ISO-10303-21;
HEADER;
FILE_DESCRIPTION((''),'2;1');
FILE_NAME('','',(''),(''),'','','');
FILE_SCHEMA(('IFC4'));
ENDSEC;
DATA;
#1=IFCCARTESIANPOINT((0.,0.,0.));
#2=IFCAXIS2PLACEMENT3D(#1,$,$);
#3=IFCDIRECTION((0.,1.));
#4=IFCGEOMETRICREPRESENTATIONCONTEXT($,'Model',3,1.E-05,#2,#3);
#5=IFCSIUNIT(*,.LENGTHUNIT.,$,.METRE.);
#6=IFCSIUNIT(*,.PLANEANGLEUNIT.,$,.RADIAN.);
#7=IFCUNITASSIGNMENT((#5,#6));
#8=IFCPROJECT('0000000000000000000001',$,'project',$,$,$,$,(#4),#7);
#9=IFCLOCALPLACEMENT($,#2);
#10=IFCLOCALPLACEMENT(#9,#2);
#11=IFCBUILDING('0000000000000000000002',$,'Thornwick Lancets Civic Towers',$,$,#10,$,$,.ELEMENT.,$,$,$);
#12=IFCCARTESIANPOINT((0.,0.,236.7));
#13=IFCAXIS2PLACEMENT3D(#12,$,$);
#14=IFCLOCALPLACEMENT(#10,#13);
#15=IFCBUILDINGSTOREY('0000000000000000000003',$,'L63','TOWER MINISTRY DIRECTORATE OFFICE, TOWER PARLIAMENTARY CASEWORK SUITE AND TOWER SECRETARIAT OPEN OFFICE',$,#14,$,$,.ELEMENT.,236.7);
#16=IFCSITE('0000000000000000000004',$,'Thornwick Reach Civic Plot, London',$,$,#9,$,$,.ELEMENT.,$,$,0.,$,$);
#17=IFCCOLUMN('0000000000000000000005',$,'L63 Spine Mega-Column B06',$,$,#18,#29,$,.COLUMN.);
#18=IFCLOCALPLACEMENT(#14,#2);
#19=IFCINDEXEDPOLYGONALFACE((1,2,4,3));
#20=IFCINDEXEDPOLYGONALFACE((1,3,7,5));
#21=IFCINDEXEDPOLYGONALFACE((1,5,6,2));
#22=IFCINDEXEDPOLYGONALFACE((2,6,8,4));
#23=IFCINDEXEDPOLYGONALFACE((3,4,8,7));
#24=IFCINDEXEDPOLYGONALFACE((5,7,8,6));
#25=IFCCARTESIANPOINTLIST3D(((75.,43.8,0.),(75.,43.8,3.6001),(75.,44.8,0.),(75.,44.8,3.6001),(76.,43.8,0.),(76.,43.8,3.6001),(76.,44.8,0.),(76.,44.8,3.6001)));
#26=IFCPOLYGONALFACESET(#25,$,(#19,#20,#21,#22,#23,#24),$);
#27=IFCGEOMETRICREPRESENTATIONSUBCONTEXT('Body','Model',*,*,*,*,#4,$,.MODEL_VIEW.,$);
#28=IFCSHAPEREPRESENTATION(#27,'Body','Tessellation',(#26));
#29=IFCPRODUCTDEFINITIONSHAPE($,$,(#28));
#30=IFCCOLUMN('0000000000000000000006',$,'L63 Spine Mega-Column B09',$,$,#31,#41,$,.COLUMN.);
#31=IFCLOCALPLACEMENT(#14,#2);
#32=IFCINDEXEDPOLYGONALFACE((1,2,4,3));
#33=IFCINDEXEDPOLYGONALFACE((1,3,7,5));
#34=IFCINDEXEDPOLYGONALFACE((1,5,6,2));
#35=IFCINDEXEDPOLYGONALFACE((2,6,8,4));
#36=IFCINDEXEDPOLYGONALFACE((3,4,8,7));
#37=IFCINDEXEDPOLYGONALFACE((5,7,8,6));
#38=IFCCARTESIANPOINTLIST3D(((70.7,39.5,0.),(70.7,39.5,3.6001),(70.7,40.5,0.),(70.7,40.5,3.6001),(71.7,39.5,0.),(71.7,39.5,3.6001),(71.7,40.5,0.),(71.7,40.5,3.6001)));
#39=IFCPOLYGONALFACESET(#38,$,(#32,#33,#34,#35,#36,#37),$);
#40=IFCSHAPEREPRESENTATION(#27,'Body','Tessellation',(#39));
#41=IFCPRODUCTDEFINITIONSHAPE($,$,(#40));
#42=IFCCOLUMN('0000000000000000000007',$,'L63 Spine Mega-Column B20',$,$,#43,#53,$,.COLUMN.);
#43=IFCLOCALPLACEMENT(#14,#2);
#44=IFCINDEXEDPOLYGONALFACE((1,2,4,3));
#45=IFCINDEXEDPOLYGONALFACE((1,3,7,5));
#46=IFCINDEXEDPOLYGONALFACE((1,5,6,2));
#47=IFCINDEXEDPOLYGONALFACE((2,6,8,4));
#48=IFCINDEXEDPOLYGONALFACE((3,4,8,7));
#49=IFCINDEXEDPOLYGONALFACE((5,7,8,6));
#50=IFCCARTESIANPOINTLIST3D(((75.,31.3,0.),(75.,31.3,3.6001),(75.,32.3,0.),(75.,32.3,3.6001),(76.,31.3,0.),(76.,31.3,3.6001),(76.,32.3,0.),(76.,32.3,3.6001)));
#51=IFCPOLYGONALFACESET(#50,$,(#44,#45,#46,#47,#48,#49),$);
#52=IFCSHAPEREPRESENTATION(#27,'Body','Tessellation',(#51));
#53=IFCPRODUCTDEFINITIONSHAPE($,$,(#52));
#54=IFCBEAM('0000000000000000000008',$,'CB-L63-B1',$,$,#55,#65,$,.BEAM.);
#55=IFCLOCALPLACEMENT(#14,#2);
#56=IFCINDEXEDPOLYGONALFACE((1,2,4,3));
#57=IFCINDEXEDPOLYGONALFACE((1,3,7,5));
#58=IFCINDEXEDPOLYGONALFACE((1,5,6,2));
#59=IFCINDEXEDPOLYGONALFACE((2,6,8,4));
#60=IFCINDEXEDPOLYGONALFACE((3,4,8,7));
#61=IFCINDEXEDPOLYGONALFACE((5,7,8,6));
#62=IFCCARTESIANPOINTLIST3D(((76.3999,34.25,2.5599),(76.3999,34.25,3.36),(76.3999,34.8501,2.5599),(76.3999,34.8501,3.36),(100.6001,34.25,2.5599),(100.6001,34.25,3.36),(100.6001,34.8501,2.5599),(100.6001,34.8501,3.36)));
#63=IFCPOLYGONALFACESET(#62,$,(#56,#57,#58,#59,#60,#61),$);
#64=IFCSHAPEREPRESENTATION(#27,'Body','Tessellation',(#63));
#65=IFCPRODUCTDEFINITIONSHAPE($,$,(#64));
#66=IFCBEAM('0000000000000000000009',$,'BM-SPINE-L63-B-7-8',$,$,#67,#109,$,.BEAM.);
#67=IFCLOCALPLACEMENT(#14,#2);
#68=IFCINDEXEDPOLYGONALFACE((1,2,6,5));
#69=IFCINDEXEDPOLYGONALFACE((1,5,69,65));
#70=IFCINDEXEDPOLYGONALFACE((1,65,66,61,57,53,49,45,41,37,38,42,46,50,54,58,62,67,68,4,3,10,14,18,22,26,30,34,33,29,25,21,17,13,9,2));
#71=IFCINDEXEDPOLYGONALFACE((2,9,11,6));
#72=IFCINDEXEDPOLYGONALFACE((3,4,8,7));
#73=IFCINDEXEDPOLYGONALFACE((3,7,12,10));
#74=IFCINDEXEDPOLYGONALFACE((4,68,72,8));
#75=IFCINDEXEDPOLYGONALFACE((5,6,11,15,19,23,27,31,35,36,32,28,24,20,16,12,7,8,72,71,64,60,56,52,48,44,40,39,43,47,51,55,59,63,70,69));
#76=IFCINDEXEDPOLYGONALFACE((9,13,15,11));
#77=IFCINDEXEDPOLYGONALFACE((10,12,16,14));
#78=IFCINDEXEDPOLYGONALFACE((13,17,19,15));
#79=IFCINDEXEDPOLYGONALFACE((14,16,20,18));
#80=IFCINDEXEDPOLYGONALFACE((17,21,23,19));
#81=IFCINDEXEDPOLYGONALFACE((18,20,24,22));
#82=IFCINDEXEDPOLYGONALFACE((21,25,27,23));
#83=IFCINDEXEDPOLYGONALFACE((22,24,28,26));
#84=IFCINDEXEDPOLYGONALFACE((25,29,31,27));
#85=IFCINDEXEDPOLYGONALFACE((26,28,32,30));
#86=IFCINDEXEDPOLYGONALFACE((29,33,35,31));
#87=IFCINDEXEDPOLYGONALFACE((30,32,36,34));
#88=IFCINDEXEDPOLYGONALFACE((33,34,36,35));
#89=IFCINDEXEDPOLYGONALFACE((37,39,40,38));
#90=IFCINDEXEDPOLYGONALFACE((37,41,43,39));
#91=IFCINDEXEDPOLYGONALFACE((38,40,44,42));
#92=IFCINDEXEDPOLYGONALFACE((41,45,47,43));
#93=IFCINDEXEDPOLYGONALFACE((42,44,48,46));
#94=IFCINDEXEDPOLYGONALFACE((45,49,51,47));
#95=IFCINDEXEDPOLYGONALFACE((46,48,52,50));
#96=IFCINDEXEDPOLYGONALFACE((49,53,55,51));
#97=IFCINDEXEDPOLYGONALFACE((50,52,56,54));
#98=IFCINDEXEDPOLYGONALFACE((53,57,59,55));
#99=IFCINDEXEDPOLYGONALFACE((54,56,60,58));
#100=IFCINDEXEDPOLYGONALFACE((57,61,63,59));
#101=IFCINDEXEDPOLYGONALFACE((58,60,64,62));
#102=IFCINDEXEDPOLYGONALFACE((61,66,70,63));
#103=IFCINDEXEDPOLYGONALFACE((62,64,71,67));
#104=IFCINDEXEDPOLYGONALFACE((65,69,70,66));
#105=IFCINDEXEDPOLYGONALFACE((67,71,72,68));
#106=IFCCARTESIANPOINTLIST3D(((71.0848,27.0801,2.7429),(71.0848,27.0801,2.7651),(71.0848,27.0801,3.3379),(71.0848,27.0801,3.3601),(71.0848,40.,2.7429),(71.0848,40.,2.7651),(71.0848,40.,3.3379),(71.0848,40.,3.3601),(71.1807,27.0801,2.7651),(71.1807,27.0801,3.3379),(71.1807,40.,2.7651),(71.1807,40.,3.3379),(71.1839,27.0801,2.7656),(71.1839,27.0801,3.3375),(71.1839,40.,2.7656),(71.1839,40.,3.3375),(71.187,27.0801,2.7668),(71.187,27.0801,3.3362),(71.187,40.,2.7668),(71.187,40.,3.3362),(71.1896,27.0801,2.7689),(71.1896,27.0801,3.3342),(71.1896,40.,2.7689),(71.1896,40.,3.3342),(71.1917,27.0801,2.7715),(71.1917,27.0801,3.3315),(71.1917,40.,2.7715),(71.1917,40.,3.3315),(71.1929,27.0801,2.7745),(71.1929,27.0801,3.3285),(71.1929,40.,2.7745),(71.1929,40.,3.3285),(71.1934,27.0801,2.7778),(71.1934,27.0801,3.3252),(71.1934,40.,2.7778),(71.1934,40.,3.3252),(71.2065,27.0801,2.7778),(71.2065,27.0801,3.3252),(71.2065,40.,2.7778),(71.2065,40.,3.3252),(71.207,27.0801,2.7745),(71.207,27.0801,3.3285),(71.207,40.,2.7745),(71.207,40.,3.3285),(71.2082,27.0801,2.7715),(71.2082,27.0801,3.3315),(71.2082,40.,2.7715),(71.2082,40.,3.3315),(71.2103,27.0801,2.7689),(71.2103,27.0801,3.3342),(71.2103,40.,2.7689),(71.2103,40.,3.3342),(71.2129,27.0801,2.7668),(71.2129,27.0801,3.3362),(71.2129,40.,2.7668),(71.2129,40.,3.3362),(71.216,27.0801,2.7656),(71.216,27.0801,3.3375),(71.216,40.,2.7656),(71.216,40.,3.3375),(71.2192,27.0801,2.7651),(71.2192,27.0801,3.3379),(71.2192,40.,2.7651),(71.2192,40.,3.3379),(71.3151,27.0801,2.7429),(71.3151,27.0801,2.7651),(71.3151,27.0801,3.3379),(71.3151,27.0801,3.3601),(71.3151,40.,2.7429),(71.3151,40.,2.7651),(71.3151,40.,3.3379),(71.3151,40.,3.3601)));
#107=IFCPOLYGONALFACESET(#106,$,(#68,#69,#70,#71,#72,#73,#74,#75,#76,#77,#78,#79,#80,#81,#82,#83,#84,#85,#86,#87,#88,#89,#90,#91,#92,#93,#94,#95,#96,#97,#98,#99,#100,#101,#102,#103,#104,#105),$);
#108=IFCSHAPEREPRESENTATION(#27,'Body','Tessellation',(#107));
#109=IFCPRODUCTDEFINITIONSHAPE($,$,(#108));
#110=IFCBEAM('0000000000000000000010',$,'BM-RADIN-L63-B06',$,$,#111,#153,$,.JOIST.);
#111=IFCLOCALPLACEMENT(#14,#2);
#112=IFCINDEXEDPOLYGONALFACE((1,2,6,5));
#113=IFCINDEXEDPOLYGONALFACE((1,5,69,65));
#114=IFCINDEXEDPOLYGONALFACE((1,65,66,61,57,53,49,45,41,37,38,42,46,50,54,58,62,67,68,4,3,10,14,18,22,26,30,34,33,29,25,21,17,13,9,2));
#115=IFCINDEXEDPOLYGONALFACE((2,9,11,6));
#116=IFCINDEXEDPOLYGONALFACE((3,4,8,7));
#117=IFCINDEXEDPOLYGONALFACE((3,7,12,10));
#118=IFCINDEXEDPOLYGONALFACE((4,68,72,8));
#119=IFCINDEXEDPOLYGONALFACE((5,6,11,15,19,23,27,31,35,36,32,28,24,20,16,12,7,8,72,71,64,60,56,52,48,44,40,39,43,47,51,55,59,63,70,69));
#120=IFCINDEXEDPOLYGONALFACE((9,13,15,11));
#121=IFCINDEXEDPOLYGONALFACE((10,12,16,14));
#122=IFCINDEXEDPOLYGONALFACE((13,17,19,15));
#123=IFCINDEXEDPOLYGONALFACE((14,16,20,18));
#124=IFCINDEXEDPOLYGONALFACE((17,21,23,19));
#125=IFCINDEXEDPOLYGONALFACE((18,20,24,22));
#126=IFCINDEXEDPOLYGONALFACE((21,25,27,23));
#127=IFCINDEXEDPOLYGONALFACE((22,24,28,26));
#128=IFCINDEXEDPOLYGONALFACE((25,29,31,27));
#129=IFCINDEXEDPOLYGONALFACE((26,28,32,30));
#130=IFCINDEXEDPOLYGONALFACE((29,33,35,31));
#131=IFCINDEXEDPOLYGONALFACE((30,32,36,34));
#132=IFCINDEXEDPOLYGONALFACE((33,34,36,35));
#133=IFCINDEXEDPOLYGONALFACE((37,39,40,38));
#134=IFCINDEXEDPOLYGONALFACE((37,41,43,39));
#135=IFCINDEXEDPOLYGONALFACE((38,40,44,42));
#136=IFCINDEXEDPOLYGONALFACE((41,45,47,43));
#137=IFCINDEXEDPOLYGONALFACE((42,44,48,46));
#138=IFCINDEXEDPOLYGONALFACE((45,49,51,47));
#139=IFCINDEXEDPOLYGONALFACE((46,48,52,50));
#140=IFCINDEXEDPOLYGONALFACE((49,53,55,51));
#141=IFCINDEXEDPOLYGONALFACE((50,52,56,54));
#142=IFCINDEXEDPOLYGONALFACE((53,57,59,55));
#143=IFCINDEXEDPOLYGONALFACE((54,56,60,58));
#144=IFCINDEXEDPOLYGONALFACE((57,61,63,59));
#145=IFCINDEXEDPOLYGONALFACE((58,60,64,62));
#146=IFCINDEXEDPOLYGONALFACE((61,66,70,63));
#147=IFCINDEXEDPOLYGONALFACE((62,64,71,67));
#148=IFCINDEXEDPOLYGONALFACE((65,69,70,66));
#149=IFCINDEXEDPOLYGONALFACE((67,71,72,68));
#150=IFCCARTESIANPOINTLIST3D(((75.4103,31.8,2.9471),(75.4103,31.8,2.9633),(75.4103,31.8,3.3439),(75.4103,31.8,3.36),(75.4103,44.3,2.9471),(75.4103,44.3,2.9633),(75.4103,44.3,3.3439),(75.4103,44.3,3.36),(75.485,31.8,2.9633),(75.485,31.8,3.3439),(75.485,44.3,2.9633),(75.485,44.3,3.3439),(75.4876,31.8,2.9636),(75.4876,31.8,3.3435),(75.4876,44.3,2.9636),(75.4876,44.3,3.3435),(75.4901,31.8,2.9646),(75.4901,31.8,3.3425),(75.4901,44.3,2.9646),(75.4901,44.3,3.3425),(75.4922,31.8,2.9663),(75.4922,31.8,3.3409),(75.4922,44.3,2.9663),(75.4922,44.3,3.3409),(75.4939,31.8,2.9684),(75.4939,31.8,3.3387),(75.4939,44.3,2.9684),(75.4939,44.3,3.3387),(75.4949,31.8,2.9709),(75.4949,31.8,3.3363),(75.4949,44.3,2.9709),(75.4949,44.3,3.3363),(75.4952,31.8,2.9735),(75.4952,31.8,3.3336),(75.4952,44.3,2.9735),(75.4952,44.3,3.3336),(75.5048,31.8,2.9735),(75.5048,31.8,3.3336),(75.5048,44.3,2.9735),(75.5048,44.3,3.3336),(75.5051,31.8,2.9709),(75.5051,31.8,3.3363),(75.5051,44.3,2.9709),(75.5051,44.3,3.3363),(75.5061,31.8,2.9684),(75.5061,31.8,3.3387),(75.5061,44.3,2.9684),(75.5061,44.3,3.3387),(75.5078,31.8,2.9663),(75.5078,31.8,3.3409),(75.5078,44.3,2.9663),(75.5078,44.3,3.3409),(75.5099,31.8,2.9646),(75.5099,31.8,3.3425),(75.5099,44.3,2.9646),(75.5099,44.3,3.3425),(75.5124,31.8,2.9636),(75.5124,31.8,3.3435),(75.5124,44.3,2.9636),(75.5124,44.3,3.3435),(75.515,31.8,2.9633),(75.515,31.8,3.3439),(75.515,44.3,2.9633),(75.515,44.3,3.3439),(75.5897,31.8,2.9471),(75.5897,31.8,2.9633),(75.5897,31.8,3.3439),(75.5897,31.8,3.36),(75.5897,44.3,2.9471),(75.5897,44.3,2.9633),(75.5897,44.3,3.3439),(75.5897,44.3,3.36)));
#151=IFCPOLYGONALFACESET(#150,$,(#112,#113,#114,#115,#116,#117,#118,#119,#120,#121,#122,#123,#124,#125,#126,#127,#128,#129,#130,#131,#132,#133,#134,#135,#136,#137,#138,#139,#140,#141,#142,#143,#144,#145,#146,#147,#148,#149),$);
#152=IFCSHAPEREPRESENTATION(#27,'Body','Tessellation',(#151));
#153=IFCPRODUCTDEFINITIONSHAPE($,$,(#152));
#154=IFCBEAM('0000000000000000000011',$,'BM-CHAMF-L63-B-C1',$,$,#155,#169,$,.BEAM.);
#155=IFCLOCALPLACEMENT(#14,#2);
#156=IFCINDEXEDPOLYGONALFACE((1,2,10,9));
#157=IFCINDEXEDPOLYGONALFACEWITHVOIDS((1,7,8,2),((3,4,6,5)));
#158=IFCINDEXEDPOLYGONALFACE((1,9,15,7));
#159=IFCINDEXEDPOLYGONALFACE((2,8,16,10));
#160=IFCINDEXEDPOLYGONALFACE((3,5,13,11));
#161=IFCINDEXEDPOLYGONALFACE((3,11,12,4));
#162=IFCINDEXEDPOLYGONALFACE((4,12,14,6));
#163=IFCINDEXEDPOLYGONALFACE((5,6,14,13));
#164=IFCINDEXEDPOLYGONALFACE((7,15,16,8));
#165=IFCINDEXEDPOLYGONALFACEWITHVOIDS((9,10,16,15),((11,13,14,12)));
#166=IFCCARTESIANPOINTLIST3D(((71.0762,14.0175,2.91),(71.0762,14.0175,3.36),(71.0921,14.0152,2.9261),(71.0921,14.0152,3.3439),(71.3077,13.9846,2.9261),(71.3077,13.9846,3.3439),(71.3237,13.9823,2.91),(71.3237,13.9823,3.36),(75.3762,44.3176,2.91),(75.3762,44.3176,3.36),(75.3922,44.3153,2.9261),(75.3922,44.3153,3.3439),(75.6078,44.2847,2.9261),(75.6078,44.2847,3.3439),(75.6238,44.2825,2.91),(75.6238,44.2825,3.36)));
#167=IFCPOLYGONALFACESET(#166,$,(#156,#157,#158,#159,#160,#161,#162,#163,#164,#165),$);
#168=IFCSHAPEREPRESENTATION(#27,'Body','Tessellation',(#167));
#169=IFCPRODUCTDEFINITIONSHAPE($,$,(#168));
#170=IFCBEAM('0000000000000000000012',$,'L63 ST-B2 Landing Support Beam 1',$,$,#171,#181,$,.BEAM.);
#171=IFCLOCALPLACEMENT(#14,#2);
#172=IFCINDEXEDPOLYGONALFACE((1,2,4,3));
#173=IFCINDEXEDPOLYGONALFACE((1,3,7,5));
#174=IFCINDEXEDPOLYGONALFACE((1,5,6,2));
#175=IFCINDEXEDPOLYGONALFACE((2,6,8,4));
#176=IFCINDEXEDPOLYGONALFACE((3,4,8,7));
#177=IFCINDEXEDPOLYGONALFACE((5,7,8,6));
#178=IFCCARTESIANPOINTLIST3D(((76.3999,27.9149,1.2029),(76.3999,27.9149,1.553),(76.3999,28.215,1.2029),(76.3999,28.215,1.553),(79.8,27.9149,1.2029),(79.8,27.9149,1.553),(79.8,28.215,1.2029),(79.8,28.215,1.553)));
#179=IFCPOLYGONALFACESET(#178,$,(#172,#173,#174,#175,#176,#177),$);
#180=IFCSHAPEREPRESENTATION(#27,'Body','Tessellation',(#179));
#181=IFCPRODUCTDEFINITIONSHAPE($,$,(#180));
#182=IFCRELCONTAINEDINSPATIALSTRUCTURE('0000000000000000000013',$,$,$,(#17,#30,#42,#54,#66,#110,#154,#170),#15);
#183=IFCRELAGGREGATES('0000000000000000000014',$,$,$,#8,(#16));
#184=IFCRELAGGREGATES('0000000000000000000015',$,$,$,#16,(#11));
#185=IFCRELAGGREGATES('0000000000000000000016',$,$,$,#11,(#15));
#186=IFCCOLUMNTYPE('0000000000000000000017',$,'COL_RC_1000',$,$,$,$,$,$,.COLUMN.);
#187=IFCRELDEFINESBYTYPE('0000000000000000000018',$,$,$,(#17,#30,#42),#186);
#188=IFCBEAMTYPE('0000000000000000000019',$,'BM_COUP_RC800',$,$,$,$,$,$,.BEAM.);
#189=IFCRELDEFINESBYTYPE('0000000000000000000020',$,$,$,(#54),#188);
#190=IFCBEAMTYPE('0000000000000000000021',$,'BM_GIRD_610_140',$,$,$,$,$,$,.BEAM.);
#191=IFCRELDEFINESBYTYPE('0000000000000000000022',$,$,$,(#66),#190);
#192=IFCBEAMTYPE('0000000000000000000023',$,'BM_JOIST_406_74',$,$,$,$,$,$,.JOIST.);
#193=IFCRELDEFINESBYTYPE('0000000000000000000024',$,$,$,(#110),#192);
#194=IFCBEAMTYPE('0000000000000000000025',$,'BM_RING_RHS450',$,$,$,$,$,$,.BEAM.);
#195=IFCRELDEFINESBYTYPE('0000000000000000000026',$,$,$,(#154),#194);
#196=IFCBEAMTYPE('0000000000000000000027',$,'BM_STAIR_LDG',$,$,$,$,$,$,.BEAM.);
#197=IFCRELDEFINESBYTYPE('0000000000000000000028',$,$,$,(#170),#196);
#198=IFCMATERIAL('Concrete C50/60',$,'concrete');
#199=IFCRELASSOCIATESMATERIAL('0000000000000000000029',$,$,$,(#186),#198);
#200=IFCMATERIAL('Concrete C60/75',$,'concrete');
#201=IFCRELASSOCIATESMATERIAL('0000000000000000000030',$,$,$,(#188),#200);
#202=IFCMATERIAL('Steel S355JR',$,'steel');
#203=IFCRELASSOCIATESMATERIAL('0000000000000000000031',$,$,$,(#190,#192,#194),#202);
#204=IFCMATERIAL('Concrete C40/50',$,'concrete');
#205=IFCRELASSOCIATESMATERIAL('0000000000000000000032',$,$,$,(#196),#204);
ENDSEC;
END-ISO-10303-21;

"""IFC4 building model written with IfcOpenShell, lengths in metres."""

from ifc_helpers import new_model, si_unit, direction, frame, origin, origin_2d, place, context, subcontext, project, spatial, rectangle, hollow_rectangle, i_section, extrude, material, material_profile, profile_set, type_object, element, save


model = new_model("IFC4")

# Units and contexts
model_context = context("Model", 3, precision=1e-05, world=origin(), true_north=direction((0.0, 1.0)))
body_context = subcontext(model_context, "Body", "Model", "MODEL_VIEW")
ifc_project = project(units=[si_unit("LENGTHUNIT", "METRE"), si_unit("PLANEANGLEUNIT", "RADIAN")], contexts=[model_context])

# Site, building, storey
site_placement = place(None, origin())
site = spatial("IfcSite", under=ifc_project, at=site_placement, Name="Thornwick Reach Civic Plot, London", CompositionType="ELEMENT", RefElevation=0.0)
building_placement = place(site_placement, origin())
building = spatial("IfcBuilding", under=site, at=building_placement, Name="Thornwick Lancets Civic Towers", CompositionType="ELEMENT")
storey_placement = place(building_placement, frame((0.0, 0.0, 236.7)))
storey = spatial("IfcBuildingStorey", under=building, at=storey_placement, Name="L63", Description="TOWER MINISTRY DIRECTORATE OFFICE, TOWER PARLIAMENTARY CASEWORK SUITE AND TOWER SECRETARIAT OPEN OFFICE", CompositionType="ELEMENT", Elevation=236.7)

# Columns
ifc_material_1 = material(Name="Concrete C50/60", Category="concrete")
ifc_material_profile_1 = material_profile(ifc_material_1, rectangle(XDim=1.0, YDim=1.0, at=origin_2d()), Name="RC 1000x1000")
ifc_profile_set_1 = profile_set([ifc_material_profile_1], Name="Concrete C50/60")
column_type = type_object("IfcColumnType", Name="COL_RC_1000", PredefinedType="COLUMN", material=ifc_profile_set_1)
for number, where, z_axis, x_axis, name in (
    (1, (75.5, 44.3, 0.0), (0.0, 0.0, 1.0), (1.0, 0.0, 0.0), "L63 Spine Mega-Column B06"),
    (2, (71.2, 40.0, 0.0), (0.0, 0.0, 1.0), (1.0, 0.0, 0.0), "L63 Spine Mega-Column B09"),
    (3, (75.5, 31.8, 0.0), (0.0, 0.0, 1.0), (1.0, 0.0, 0.0), "L63 Spine Mega-Column B20"),
):
    element("IfcColumn", number, at=place(storey_placement, frame(where, z_axis=z_axis, x_axis=x_axis)), inside=storey, type_object=column_type, Name=name, PredefinedType="COLUMN", context=body_context, shape_type="SweptSolid", body=[
        extrude(rectangle(XDim=1.0, YDim=1.0, at=origin_2d()), origin(), (0.0, 0.0, 1.0), 3.6001),
    ])

# Beams
ifc_material_2 = material(Name="Concrete C60/75", Category="concrete")
ifc_material_profile_2 = material_profile(ifc_material_2, rectangle(XDim=0.6001, YDim=0.8, at=origin_2d()), Name="RC 600x800")
ifc_profile_set_2 = profile_set([ifc_material_profile_2], Name="Concrete C60/75")
beam_type_1 = type_object("IfcBeamType", Name="BM_COUP_RC800", PredefinedType="BEAM", material=ifc_profile_set_2)
beam_1_placement = place(storey_placement, frame((76.3999, 34.55, 2.96), z_axis=(1.0, 0.0, 0.0), x_axis=(0.0, 1.0, 0.0)))
element("IfcBeam", 4, at=beam_1_placement, inside=storey, type_object=beam_type_1, Name="CB-L63-B1", PredefinedType="BEAM", context=body_context, shape_type="SweptSolid", body=[
    extrude(rectangle(XDim=0.6001, YDim=0.8, at=origin_2d()), origin(), (0.0, 0.0, 1.0), 24.2002),
])
ifc_material_3 = material(Name="Steel S355JR", Category="steel")
ifc_material_profile_3 = material_profile(ifc_material_3, i_section(OverallWidth=0.2302, OverallDepth=0.6172, WebThickness=0.0132, FlangeThickness=0.0222, FilletRadius=0.0127, at=origin_2d()), Name="UKB 610x229x140")
ifc_profile_set_3 = profile_set([ifc_material_profile_3], Name="Steel S355JR")
beam_type_2 = type_object("IfcBeamType", Name="BM_GIRD_610_140", PredefinedType="BEAM", material=ifc_profile_set_3)
beam_2_placement = place(storey_placement, frame((71.2, 27.0801, 3.0515), z_axis=(0.0, 1.0, 0.0), x_axis=(-1.0, 0.0, 0.0)))
element("IfcBeam", 5, at=beam_2_placement, inside=storey, type_object=beam_type_2, Name="BM-SPINE-L63-B-7-8", PredefinedType="BEAM", context=body_context, shape_type="SweptSolid", body=[
    extrude(i_section(OverallWidth=0.2302, OverallDepth=0.6172, WebThickness=0.0132, FlangeThickness=0.0222, FilletRadius=0.0127, at=origin_2d()), origin(), (0.0, 0.0, 1.0), 12.9199),
])
ifc_material_profile_4 = material_profile(ifc_material_3, i_section(OverallWidth=0.1794, OverallDepth=0.4128, WebThickness=0.0095, FlangeThickness=0.0161, FilletRadius=0.0103, at=origin_2d()), Name="UKB 406x178x74")
ifc_profile_set_4 = profile_set([ifc_material_profile_4], Name="Steel S355JR")
beam_type_3 = type_object("IfcBeamType", Name="BM_JOIST_406_74", PredefinedType="JOIST", material=ifc_profile_set_4)
beam_3_placement = place(storey_placement, frame((75.5, 31.8, 3.1536), z_axis=(0.0, 1.0, 0.0), x_axis=(-1.0, 0.0, 0.0)))
element("IfcBeam", 6, at=beam_3_placement, inside=storey, type_object=beam_type_3, Name="BM-RADIN-L63-B06", PredefinedType="JOIST", context=body_context, shape_type="SweptSolid", body=[
    extrude(i_section(OverallWidth=0.1794, OverallDepth=0.4128, WebThickness=0.0095, FlangeThickness=0.0161, FilletRadius=0.0103, at=origin_2d()), origin(), (0.0, 0.0, 1.0), 12.5),
])
ifc_material_profile_5 = material_profile(ifc_material_3, hollow_rectangle(XDim=0.25, YDim=0.45, WallThickness=0.0161, at=origin_2d()), Name="RHS 450x250x16")
ifc_profile_set_5 = profile_set([ifc_material_profile_5], Name="Steel S355JR")
beam_type_4 = type_object("IfcBeamType", Name="BM_RING_RHS450", PredefinedType="BEAM", material=ifc_profile_set_5)
beam_4_placement = place(storey_placement, frame((75.5, 44.3, 3.135), z_axis=(-0.140508, -0.99008, 0.0), x_axis=(0.99008, -0.140508, 0.0)))
element("IfcBeam", 7, at=beam_4_placement, inside=storey, type_object=beam_type_4, Name="BM-CHAMF-L63-B-C1", PredefinedType="BEAM", context=body_context, shape_type="SweptSolid", body=[
    extrude(hollow_rectangle(XDim=0.25, YDim=0.45, WallThickness=0.0161, at=origin_2d()), origin(), (0.0, 0.0, 1.0), 30.6038),
])
ifc_material_4 = material(Name="Concrete C40/50", Category="concrete")
ifc_material_profile_6 = material_profile(ifc_material_4, rectangle(XDim=0.3, YDim=0.3501, at=origin_2d()), Name="RC 300x350")
ifc_profile_set_6 = profile_set([ifc_material_profile_6], Name="Concrete C40/50")
beam_type_5 = type_object("IfcBeamType", Name="BM_STAIR_LDG", PredefinedType="BEAM", material=ifc_profile_set_6)
beam_5_placement = place(storey_placement, frame((76.3999, 28.0649, 1.3779), z_axis=(1.0, 0.0, 0.0), x_axis=(0.0, 1.0, 0.0)))
element("IfcBeam", 8, at=beam_5_placement, inside=storey, type_object=beam_type_5, Name="L63 ST-B2 Landing Support Beam 1", PredefinedType="BEAM", context=body_context, shape_type="SweptSolid", body=[
    extrude(rectangle(XDim=0.3, YDim=0.3501, at=origin_2d()), origin(), (0.0, 0.0, 1.0), 3.4001),
])

save(model, "model.ifc")
